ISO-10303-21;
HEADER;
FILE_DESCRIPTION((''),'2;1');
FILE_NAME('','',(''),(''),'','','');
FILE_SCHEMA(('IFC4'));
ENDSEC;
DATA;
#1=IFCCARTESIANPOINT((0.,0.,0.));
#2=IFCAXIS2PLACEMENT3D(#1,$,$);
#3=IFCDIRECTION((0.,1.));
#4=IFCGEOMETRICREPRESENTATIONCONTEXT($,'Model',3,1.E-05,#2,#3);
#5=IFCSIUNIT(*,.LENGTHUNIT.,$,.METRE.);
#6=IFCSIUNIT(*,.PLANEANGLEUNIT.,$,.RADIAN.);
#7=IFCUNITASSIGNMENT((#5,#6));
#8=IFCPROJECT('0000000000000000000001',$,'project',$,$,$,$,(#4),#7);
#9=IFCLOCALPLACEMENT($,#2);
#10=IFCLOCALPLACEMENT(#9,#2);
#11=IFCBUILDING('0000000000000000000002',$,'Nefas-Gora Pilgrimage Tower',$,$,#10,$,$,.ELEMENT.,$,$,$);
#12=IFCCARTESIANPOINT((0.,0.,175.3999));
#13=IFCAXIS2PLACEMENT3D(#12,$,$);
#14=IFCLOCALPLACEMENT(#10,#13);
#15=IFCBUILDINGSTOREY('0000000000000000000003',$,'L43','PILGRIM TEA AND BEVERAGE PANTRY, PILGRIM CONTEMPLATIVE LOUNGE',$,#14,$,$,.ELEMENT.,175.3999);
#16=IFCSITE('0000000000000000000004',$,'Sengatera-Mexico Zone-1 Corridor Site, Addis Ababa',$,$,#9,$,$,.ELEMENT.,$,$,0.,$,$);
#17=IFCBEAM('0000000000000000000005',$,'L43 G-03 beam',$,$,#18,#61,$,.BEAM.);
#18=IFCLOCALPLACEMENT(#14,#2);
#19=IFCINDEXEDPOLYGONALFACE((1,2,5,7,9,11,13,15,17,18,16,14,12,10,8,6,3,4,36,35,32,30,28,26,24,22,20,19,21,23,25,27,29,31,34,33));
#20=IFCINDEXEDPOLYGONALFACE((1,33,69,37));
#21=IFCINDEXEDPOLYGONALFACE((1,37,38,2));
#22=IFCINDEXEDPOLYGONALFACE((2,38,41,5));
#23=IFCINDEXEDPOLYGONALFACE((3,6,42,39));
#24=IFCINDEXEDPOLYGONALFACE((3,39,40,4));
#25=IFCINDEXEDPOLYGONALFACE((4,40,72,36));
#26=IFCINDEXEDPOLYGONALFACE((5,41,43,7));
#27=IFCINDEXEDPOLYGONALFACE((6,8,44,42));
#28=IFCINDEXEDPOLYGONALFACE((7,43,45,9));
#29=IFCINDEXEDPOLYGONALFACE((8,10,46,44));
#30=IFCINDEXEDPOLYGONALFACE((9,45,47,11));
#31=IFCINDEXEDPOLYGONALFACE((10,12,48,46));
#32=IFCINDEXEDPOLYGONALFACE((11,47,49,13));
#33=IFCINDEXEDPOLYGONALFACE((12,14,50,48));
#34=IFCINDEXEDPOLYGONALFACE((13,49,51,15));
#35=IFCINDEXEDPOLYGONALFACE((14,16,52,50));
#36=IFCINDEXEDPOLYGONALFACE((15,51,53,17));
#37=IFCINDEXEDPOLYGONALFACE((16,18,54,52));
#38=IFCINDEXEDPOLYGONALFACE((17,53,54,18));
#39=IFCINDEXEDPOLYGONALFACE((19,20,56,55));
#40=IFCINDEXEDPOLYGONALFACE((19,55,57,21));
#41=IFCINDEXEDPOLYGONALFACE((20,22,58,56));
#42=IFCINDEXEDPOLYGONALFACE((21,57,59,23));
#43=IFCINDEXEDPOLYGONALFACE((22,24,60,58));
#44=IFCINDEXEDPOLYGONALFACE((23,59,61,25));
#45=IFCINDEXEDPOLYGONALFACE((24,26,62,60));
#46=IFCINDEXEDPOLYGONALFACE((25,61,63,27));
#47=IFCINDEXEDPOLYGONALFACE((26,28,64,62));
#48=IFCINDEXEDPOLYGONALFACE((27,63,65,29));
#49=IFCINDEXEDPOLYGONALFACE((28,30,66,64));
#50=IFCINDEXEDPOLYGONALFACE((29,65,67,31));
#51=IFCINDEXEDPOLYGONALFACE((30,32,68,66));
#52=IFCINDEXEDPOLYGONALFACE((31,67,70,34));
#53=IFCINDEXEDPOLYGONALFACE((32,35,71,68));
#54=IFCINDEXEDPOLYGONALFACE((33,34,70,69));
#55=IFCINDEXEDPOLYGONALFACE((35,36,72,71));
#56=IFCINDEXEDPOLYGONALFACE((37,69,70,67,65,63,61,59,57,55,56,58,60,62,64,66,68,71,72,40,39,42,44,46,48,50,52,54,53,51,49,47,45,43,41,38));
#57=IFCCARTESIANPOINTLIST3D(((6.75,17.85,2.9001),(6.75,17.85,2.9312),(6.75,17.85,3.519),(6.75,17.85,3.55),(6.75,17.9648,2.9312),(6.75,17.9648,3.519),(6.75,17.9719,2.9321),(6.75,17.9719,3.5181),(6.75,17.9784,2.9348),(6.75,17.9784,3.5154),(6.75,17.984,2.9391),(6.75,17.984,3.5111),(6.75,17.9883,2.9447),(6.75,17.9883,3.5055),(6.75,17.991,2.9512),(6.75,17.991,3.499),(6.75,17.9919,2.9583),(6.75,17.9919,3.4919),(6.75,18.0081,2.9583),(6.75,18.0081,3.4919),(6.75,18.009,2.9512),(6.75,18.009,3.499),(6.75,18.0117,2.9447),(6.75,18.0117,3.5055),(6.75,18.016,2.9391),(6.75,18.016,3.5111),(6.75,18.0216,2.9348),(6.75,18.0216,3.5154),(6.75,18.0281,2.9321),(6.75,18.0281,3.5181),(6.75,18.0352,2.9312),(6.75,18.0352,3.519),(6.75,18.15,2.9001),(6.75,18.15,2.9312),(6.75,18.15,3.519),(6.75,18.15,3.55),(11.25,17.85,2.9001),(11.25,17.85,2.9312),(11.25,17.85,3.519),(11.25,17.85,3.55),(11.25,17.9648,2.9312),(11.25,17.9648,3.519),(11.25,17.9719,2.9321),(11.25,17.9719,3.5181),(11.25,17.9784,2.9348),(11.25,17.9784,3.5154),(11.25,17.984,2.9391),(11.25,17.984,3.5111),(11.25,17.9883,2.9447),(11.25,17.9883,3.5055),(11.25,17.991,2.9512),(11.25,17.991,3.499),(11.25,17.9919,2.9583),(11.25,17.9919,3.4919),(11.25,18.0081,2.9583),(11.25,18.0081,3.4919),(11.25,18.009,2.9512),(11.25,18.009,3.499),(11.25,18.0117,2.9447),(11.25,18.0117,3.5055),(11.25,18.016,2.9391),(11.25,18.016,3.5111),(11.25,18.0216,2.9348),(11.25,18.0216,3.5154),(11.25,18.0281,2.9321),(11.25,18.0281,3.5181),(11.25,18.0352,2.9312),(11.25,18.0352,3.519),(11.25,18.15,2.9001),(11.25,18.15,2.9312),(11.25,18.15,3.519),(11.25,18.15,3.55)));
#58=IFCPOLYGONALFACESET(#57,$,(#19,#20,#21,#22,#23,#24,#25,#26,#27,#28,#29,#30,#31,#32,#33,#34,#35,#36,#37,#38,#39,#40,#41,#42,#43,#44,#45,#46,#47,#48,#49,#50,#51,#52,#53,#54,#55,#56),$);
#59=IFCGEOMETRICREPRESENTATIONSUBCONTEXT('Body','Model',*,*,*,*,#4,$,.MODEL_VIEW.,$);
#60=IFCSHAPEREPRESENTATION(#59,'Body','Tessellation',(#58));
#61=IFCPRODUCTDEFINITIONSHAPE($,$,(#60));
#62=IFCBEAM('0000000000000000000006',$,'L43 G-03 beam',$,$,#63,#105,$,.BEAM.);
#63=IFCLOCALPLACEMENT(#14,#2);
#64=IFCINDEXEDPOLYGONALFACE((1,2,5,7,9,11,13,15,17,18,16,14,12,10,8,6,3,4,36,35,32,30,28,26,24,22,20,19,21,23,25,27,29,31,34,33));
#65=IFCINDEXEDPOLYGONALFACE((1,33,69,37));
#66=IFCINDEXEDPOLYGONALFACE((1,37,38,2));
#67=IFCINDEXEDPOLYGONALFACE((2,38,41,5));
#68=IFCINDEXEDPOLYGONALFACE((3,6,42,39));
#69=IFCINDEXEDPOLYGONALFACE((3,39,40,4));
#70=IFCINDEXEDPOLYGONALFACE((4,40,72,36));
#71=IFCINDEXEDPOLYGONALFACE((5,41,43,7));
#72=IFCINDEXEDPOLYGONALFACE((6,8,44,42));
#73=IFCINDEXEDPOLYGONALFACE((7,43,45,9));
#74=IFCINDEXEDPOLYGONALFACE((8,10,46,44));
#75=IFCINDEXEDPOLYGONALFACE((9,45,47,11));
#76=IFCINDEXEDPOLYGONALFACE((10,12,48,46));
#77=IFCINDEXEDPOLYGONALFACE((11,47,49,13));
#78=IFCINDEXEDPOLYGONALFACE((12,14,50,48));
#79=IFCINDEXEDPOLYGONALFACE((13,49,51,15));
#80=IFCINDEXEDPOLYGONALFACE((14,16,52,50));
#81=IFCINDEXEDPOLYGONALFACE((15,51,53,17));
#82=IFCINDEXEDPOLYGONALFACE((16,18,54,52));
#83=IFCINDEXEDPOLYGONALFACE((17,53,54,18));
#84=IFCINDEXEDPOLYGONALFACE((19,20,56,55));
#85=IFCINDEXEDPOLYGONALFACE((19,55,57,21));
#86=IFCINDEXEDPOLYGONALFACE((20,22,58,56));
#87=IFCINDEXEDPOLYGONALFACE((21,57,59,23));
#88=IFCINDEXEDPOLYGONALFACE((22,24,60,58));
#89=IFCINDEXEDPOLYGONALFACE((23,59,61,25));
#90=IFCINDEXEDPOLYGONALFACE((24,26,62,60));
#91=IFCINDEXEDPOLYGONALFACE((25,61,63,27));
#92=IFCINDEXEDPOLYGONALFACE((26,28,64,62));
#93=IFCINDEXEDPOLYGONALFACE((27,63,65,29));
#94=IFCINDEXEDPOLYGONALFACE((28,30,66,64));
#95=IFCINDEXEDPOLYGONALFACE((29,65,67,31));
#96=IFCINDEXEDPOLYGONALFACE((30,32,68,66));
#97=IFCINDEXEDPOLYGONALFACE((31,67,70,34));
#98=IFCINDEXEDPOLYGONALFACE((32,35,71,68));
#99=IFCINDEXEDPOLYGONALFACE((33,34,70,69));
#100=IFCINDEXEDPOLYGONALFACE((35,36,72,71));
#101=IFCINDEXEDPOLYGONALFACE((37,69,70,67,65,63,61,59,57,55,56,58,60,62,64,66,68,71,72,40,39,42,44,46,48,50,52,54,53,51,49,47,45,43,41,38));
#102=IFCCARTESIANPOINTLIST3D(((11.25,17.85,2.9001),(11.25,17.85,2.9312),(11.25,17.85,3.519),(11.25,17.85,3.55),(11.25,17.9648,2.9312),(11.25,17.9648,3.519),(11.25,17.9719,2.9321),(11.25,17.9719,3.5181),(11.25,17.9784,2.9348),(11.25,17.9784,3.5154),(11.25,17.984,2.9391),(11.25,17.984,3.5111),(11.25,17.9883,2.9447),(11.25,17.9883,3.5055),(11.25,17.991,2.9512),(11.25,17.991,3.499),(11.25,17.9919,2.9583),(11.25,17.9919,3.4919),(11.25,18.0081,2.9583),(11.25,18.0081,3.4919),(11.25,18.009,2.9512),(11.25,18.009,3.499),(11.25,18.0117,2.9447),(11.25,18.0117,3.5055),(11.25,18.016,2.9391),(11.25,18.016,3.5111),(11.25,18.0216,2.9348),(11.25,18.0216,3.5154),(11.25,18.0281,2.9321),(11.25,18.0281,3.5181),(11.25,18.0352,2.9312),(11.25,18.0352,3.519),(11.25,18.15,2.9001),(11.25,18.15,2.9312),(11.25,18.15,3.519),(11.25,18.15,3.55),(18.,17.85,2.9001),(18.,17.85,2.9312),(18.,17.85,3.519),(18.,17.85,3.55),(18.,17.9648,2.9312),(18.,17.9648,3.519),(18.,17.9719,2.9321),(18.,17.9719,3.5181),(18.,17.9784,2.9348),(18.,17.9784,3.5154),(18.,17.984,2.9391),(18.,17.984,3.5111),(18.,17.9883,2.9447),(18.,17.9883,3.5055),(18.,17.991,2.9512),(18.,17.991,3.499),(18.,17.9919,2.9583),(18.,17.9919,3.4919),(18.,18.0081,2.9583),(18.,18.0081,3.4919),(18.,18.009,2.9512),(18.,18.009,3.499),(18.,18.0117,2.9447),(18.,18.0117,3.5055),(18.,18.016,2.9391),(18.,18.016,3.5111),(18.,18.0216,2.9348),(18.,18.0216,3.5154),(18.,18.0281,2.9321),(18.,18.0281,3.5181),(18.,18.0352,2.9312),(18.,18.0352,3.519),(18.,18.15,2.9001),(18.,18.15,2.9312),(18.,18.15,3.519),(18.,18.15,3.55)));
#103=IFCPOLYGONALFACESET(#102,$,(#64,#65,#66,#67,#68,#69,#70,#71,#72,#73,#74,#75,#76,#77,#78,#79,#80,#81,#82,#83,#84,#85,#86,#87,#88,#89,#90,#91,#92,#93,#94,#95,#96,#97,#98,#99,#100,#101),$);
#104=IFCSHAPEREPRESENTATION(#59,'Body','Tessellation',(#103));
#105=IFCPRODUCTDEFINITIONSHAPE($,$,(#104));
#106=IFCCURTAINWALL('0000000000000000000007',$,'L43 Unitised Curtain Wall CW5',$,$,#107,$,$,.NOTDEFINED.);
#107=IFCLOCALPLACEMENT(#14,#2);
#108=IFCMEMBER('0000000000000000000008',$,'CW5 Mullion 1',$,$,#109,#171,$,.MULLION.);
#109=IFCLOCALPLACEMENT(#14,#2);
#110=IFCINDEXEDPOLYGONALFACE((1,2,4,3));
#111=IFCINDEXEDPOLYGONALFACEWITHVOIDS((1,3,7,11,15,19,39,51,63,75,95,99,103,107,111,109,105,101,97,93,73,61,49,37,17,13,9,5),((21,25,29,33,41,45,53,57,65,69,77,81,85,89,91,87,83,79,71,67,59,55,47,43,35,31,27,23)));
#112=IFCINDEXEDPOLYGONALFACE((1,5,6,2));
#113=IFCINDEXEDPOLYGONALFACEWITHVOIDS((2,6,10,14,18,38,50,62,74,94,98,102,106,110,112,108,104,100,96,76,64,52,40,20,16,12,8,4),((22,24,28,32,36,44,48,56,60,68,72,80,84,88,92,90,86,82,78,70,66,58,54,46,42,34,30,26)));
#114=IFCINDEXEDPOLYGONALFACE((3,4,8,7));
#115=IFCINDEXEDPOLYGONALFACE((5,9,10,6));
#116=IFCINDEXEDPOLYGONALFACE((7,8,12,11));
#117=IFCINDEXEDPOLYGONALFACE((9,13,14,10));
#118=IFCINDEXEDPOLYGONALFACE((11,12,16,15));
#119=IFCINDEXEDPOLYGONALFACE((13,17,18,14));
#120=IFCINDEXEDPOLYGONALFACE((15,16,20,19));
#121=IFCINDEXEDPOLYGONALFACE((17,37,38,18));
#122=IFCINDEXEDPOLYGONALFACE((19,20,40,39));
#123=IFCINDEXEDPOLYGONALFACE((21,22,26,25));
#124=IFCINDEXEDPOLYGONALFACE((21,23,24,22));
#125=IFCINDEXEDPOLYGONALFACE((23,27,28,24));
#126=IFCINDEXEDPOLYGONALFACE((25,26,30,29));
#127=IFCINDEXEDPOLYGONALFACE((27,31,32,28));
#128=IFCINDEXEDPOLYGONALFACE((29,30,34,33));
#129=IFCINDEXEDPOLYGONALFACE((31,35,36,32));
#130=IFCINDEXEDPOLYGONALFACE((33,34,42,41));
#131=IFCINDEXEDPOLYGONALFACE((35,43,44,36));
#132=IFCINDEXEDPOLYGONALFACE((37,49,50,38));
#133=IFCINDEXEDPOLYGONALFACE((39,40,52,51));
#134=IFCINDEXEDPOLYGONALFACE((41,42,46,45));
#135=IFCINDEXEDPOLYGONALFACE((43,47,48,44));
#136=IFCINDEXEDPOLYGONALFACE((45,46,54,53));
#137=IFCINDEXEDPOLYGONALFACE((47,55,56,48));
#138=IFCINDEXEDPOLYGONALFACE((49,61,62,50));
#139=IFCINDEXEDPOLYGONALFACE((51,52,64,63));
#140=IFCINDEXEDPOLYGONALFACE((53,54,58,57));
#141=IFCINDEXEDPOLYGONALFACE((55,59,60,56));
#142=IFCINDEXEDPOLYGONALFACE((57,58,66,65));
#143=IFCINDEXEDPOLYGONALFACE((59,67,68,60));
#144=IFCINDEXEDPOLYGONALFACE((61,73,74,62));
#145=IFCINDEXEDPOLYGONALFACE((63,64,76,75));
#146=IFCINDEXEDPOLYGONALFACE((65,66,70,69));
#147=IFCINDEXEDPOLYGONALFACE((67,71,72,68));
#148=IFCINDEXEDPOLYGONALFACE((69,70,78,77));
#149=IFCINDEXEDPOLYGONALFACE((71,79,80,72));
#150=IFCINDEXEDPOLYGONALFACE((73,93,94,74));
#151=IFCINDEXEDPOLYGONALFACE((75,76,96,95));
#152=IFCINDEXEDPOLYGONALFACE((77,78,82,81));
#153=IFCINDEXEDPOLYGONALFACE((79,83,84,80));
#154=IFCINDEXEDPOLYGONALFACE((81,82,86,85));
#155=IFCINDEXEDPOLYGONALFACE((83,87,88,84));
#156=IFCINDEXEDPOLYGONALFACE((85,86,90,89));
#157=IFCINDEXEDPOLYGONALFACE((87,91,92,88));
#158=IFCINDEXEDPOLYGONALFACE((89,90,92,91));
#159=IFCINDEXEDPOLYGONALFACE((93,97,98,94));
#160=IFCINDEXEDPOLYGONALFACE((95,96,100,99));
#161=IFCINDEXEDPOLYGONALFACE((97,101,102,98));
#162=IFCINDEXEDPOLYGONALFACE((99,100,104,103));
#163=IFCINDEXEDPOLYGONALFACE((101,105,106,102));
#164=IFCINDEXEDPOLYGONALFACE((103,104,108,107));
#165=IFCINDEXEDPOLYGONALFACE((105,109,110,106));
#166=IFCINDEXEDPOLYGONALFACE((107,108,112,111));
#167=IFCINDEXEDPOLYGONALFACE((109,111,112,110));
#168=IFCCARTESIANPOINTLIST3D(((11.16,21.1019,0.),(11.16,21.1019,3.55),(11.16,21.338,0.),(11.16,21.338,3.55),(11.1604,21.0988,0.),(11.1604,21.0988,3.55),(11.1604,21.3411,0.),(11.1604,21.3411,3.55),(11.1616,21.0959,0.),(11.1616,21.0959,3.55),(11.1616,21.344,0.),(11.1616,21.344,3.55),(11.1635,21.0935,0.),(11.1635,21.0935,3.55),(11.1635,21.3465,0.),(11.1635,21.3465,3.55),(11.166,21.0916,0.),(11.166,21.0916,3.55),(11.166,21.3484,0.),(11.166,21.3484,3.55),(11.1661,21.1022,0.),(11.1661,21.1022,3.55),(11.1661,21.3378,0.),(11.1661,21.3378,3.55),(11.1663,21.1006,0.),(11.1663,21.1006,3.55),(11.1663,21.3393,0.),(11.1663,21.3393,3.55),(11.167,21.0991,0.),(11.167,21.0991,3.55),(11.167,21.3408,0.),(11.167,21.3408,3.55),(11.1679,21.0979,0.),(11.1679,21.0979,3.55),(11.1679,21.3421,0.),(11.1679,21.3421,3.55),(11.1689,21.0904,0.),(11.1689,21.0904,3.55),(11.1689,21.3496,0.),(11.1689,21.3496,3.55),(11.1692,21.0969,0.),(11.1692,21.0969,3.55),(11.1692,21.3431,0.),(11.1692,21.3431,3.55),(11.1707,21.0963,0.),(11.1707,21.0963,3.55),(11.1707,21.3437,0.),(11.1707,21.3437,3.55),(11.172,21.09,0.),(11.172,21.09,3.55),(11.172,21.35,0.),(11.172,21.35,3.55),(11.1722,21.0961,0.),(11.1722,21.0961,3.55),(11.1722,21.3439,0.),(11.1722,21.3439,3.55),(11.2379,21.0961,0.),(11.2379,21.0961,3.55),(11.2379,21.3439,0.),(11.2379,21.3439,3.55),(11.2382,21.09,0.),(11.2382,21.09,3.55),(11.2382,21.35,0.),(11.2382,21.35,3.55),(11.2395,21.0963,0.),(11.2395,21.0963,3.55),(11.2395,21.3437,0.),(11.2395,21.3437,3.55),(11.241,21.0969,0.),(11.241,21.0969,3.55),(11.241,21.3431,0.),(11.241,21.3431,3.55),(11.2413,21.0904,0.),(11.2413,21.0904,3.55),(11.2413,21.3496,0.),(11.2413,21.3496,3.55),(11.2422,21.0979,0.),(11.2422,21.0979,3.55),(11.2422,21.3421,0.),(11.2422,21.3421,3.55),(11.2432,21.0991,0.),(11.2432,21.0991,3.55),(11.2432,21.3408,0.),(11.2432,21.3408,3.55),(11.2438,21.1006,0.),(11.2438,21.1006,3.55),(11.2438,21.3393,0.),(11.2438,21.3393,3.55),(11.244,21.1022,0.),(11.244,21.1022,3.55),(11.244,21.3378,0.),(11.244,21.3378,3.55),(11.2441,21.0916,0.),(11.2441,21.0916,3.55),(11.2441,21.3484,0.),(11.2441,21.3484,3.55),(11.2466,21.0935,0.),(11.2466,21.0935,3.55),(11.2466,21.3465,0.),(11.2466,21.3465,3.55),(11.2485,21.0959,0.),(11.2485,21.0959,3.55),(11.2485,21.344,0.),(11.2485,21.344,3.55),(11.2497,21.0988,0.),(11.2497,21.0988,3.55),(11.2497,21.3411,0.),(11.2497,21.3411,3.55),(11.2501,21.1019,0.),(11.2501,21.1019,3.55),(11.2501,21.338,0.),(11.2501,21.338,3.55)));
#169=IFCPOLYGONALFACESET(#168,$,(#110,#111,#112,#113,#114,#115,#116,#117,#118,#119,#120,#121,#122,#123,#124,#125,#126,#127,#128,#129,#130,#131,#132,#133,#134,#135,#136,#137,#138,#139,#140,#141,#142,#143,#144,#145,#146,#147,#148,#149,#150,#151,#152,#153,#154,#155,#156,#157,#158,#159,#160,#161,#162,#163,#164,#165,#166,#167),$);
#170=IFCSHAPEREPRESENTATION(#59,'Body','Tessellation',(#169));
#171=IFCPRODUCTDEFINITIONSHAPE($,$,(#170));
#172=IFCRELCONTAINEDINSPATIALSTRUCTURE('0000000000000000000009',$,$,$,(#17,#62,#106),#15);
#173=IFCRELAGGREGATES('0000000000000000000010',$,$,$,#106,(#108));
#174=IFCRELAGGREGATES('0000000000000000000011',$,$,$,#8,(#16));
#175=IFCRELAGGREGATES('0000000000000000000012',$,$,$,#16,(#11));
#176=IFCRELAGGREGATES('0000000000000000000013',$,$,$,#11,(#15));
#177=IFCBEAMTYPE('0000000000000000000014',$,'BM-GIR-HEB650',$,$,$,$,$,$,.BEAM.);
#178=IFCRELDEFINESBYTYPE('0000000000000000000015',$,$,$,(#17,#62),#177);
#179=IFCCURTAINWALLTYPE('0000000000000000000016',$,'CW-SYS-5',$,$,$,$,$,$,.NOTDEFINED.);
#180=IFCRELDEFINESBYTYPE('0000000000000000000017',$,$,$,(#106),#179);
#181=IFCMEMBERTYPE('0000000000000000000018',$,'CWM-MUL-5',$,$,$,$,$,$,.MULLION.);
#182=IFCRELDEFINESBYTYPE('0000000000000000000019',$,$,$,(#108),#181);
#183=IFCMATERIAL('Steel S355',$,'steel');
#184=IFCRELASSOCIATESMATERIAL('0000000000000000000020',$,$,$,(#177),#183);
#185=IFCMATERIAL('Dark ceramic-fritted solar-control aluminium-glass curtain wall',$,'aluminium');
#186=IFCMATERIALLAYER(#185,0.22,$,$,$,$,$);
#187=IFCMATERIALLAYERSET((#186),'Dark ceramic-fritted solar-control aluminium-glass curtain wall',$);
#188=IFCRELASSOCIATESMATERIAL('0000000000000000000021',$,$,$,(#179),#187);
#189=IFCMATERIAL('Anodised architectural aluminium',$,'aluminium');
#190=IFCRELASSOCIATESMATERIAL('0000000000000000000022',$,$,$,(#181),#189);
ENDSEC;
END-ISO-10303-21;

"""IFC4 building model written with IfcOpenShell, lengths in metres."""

from ifc_helpers import new_model, si_unit, direction, frame, origin, origin_2d, place, context, subcontext, project, spatial, hollow_rectangle, i_section, extrude, source, transform, mapped, material, layer, layer_set, material_profile, profile_set, type_object, element, aggregate, save


model = new_model("IFC4")

# Units and contexts
model_context = context("Model", 3, precision=1e-05, world=origin(), true_north=direction((0.0, 1.0)))
body_context = subcontext(model_context, "Body", "Model", "MODEL_VIEW")
ifc_project = project(units=[si_unit("LENGTHUNIT", "METRE"), si_unit("PLANEANGLEUNIT", "RADIAN")], contexts=[model_context])

# Site, building, storey
site_placement = place(None, origin())
site = spatial("IfcSite", under=ifc_project, at=site_placement, Name="Sengatera-Mexico Zone-1 Corridor Site, Addis Ababa", CompositionType="ELEMENT", RefElevation=0.0)
building_placement = place(site_placement, origin())
building = spatial("IfcBuilding", under=site, at=building_placement, Name="Nefas-Gora Pilgrimage Tower", CompositionType="ELEMENT")
storey_placement = place(building_placement, frame((0.0, 0.0, 175.3999)))
storey = spatial("IfcBuildingStorey", under=building, at=storey_placement, Name="L43", Description="PILGRIM TEA AND BEVERAGE PANTRY, PILGRIM CONTEMPLATIVE LOUNGE", CompositionType="ELEMENT", Elevation=175.3999)

# Beams
ifc_material_1 = material(Name="Steel S355", Category="steel")
ifc_material_profile_1 = material_profile(ifc_material_1, i_section(OverallWidth=0.3, OverallDepth=0.6499, WebThickness=0.0161, FlangeThickness=0.031, FilletRadius=0.0271, at=origin_2d()), Name="HEB 650")
ifc_profile_set_1 = profile_set([ifc_material_profile_1], Name="Steel S355")
beam_type = type_object("IfcBeamType", Name="BM-GIR-HEB650", PredefinedType="BEAM", material=ifc_profile_set_1)
shared_shape_1 = source(origin(), body_context, "Body", "SweptSolid", [
    extrude(i_section(OverallWidth=0.3, OverallDepth=0.6499, WebThickness=0.0161, FlangeThickness=0.031, FilletRadius=0.0271, at=origin_2d()), origin(), (0.0, 0.0, 1.0), 4.5),
])
for number, where, z_axis, x_axis, name in (
    (1, (6.75, 18.0, 3.2251), (1.0, 0.0, 0.0), (0.0, 1.0, 0.0), "L43 G-03 beam"),
):
    element("IfcBeam", number, at=place(storey_placement, frame(where, z_axis=z_axis, x_axis=x_axis)), inside=storey, type_object=beam_type, Name=name, PredefinedType="BEAM", context=body_context, shape_type="MappedRepresentation", body=[
        mapped(shared_shape_1, transform((0.0, 0.0, 0.0), x_axis=(1.0, 0.0, 0.0), y_axis=(0.0, 1.0, 0.0), z_axis=(0.0, 0.0, 1.0), scale=1.0)),
    ])
shared_shape_2 = source(origin(), body_context, "Body", "SweptSolid", [
    extrude(i_section(OverallWidth=0.3, OverallDepth=0.6499, WebThickness=0.0161, FlangeThickness=0.031, FilletRadius=0.0271, at=origin_2d()), origin(), (0.0, 0.0, 1.0), 6.75),
])
beam_placement = place(storey_placement, frame((11.25, 18.0, 3.2251), z_axis=(1.0, 0.0, 0.0), x_axis=(0.0, 1.0, 0.0)))
element("IfcBeam", 2, at=beam_placement, inside=storey, type_object=beam_type, Name="L43 G-03 beam", PredefinedType="BEAM", context=body_context, shape_type="MappedRepresentation", body=[
    mapped(shared_shape_2, transform((0.0, 0.0, 0.0), x_axis=(1.0, 0.0, 0.0), y_axis=(0.0, 1.0, 0.0), z_axis=(0.0, 0.0, 1.0), scale=1.0)),
])

# Curtain wall, member
ifc_material_2 = material(Name="Dark ceramic-fritted solar-control aluminium-glass curtain wall", Category="aluminium")
ifc_layer_1 = layer(ifc_material_2, 0.22)
ifc_layer_set_1 = layer_set([ifc_layer_1], Name="Dark ceramic-fritted solar-control aluminium-glass curtain wall")
curtain_wall_type = type_object("IfcCurtainWallType", Name="CW-SYS-5", PredefinedType="NOTDEFINED", material=ifc_layer_set_1)
curtain_wall_1_placement = place(storey_placement, origin())
curtain_wall_1 = element("IfcCurtainWall", 3, at=curtain_wall_1_placement, inside=storey, type_object=curtain_wall_type, Name="L43 Unitised Curtain Wall CW5", PredefinedType="NOTDEFINED")
ifc_material_3 = material(Name="Anodised architectural aluminium", Category="aluminium")
ifc_material_profile_2 = material_profile(ifc_material_3, hollow_rectangle(XDim=0.0901, YDim=0.26, WallThickness=0.0061, InnerFilletRadius=0.0061, OuterFilletRadius=0.012, at=origin_2d()), Name="ALU MULLION 90x260")
ifc_profile_set_2 = profile_set([ifc_material_profile_2], Name="Anodised architectural aluminium")
member_type_1 = type_object("IfcMemberType", Name="CWM-MUL-5", PredefinedType="MULLION", material=ifc_profile_set_2)
shared_shape_3 = source(origin(), body_context, "Body", "SweptSolid", [
    extrude(hollow_rectangle(XDim=0.0901, YDim=0.26, WallThickness=0.0061, InnerFilletRadius=0.0061, OuterFilletRadius=0.012, at=origin_2d()), origin(), (0.0, 0.0, 1.0), 3.55),
])
member_1_placement = place(storey_placement, frame((11.2051, 21.22, 0.0), z_axis=(0.0, 0.0, 1.0), x_axis=(-1.0, 0.0, 0.0)))
member_1 = element("IfcMember", 4, at=member_1_placement, type_object=member_type_1, Name="CW5 Mullion 1", PredefinedType="MULLION", context=body_context, shape_type="MappedRepresentation", body=[
    mapped(shared_shape_3, transform((0.0, 0.0, 0.0), x_axis=(1.0, 0.0, 0.0), y_axis=(0.0, 1.0, 0.0), z_axis=(0.0, 0.0, 1.0), scale=1.0)),
])

aggregate(curtain_wall_1, [member_1])

save(model, "model.ifc")
